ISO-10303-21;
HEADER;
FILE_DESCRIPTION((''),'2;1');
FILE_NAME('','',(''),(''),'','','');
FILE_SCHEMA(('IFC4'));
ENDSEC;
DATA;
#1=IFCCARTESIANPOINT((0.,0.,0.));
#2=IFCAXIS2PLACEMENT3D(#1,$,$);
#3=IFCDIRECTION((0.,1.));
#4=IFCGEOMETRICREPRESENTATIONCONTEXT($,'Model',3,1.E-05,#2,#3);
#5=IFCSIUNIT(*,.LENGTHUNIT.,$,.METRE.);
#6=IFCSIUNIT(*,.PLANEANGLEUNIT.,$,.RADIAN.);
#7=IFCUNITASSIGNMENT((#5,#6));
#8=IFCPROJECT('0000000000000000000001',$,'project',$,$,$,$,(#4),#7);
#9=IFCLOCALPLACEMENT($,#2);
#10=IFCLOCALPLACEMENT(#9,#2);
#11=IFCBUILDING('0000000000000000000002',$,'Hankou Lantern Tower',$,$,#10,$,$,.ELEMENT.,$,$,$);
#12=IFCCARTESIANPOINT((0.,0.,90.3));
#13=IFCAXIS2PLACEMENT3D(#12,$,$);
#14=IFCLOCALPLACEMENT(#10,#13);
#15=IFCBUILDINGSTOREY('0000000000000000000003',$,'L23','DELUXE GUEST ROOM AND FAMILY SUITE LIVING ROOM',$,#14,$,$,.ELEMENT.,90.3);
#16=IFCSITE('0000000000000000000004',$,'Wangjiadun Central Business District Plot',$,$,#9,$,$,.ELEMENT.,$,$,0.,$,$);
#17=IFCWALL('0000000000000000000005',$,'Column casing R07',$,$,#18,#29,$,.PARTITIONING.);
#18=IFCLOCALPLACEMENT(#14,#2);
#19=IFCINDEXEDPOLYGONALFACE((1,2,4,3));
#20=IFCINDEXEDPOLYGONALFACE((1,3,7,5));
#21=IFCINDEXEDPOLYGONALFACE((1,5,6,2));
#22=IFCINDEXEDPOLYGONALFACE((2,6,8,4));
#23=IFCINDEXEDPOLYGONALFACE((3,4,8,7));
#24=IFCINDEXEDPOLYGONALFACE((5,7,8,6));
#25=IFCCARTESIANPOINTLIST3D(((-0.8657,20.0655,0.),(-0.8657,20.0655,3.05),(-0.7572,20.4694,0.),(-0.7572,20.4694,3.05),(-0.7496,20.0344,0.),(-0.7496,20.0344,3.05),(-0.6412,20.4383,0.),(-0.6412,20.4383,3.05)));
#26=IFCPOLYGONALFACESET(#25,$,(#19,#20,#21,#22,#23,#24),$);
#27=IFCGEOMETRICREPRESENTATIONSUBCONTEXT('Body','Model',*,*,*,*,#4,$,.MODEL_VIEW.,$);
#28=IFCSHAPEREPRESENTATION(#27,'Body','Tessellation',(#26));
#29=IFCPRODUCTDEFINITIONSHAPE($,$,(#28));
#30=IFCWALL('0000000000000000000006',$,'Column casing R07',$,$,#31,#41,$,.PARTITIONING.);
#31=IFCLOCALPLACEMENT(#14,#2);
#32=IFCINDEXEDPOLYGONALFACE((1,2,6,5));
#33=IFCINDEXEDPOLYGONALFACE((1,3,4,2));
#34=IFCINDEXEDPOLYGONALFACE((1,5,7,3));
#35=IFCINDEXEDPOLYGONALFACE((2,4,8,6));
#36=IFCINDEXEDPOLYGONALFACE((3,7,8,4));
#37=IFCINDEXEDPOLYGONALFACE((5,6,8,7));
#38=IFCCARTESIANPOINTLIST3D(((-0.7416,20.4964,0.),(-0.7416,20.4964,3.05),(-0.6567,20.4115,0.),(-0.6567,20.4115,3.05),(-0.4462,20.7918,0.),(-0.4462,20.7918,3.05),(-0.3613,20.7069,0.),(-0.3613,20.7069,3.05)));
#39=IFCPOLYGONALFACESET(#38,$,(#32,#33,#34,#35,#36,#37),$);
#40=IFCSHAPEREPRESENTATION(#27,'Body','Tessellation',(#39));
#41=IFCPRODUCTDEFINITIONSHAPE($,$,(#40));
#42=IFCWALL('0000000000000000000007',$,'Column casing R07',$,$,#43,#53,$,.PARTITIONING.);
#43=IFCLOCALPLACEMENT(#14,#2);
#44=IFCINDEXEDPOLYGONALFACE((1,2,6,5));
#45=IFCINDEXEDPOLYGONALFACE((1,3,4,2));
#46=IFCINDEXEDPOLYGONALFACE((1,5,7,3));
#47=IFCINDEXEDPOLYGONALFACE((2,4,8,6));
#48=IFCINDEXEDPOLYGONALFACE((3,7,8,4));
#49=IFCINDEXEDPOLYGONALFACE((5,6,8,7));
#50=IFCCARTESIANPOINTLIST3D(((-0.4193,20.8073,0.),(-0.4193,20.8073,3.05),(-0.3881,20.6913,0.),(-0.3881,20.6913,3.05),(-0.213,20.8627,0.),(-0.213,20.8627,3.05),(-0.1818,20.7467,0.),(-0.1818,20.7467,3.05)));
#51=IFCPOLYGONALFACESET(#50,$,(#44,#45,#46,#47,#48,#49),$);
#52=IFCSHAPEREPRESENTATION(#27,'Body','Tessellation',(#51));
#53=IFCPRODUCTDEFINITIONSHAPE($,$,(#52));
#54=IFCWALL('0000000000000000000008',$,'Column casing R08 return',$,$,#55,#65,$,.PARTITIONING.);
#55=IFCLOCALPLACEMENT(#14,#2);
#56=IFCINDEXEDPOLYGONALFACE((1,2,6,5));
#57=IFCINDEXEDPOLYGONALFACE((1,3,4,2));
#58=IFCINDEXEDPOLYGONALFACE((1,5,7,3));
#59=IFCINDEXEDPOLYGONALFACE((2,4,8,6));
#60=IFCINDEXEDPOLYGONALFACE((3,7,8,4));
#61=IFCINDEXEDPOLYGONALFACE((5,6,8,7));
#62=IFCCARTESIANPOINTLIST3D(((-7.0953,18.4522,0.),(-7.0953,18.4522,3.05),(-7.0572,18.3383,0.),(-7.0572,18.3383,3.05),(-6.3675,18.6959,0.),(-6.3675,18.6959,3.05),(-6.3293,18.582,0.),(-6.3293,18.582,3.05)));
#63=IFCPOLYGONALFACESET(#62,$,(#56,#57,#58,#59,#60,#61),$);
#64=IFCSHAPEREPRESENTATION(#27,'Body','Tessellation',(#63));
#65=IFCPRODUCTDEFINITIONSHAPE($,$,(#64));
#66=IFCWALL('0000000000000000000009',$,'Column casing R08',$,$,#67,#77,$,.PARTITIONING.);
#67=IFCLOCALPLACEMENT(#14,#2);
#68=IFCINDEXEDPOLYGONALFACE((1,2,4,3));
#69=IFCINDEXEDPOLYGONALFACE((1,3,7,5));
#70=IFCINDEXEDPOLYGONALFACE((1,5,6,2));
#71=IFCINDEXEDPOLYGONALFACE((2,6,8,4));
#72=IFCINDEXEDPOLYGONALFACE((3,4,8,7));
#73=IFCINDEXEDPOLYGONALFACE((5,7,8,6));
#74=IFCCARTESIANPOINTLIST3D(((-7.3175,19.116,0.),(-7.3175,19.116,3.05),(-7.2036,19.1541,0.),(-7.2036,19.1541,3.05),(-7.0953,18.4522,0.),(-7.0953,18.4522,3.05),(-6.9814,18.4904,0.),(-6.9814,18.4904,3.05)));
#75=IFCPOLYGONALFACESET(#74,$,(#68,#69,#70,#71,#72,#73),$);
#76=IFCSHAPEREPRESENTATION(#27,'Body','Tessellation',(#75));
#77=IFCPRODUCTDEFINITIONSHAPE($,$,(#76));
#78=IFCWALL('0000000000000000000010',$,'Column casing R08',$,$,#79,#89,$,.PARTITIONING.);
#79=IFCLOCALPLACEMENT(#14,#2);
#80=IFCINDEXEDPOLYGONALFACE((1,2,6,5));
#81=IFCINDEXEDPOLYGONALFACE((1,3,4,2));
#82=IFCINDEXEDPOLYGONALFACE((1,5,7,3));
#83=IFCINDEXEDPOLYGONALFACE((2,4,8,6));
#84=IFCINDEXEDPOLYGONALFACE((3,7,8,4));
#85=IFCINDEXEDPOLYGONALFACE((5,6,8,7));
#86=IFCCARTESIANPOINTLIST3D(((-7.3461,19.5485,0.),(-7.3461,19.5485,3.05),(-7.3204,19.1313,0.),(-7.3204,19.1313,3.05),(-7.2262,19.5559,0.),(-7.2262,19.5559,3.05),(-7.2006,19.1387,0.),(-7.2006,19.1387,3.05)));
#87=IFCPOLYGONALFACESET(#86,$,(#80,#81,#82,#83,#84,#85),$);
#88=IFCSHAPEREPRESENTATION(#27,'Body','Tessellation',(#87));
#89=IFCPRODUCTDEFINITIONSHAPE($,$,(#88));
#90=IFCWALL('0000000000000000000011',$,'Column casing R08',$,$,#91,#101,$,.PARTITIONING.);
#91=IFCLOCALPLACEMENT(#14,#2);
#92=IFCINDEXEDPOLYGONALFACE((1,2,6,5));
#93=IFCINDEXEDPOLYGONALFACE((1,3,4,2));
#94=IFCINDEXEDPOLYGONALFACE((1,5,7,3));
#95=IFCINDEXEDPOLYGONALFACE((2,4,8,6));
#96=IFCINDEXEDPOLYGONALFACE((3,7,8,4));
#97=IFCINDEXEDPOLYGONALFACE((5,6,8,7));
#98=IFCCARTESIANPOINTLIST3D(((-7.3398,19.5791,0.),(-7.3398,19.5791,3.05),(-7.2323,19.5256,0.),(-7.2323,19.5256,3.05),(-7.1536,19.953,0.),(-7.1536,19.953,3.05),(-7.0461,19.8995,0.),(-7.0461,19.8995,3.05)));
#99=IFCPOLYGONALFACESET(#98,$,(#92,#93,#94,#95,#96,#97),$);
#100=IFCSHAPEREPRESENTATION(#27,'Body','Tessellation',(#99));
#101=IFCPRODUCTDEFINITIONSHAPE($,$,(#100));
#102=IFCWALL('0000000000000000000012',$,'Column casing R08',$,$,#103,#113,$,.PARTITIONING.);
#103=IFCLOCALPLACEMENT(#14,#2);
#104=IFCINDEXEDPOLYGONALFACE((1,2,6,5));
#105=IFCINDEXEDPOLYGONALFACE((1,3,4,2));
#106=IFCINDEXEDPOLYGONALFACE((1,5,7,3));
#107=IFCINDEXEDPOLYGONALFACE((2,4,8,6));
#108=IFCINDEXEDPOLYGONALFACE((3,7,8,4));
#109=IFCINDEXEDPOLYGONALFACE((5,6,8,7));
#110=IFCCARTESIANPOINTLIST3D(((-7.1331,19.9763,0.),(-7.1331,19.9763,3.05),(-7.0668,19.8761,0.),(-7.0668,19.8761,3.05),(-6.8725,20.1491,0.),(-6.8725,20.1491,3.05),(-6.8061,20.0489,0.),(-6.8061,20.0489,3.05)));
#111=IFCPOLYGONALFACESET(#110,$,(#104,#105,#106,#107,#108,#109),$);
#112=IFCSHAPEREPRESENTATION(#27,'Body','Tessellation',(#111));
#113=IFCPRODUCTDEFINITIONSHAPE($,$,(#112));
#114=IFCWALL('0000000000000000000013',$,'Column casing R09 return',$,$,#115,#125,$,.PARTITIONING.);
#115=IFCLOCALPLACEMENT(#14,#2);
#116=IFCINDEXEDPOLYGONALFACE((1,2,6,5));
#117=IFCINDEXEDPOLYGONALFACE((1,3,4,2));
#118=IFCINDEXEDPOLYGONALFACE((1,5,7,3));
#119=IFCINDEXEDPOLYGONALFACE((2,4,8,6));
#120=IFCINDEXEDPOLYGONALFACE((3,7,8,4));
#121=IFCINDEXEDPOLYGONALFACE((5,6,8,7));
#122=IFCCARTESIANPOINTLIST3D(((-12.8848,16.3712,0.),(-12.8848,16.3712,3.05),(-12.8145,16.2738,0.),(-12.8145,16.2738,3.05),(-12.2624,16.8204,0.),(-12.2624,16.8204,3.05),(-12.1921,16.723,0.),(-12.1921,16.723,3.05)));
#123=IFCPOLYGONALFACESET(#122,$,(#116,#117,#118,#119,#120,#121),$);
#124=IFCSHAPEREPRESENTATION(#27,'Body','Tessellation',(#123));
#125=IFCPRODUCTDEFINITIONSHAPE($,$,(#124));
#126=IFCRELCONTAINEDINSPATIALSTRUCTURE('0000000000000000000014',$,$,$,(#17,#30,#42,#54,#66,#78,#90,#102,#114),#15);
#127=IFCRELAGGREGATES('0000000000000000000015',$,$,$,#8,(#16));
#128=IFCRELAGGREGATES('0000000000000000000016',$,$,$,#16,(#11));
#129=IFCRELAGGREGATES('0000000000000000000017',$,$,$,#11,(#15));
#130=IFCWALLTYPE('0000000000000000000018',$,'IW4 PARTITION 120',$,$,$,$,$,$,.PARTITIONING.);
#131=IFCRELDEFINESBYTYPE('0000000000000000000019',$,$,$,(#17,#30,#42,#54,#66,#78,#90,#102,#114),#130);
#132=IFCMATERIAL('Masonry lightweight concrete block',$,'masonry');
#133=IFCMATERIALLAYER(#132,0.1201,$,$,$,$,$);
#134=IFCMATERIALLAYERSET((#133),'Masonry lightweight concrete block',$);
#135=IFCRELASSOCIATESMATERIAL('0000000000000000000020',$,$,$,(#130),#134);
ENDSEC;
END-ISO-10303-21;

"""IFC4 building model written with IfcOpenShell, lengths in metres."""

from ifc_helpers import new_model, si_unit, direction, frame, frame_2d, origin, place, context, subcontext, project, spatial, rectangle, extrude, material, layer, layer_set, type_object, element, save


model = new_model("IFC4")

# Units and contexts
model_context = context("Model", 3, precision=1e-05, world=origin(), true_north=direction((0.0, 1.0)))
body_context = subcontext(model_context, "Body", "Model", "MODEL_VIEW")
ifc_project = project(units=[si_unit("LENGTHUNIT", "METRE"), si_unit("PLANEANGLEUNIT", "RADIAN")], contexts=[model_context])

# Site, building, storey
site_placement = place(None, origin())
site = spatial("IfcSite", under=ifc_project, at=site_placement, Name="Wangjiadun Central Business District Plot", CompositionType="ELEMENT", RefElevation=0.0)
building_placement = place(site_placement, origin())
building = spatial("IfcBuilding", under=site, at=building_placement, Name="Hankou Lantern Tower", CompositionType="ELEMENT")
storey_placement = place(building_placement, frame((0.0, 0.0, 90.3)))
storey = spatial("IfcBuildingStorey", under=building, at=storey_placement, Name="L23", Description="DELUXE GUEST ROOM AND FAMILY SUITE LIVING ROOM", CompositionType="ELEMENT", Elevation=90.3)

# Walls
ifc_material_1 = material(Name="Masonry lightweight concrete block", Category="masonry")
ifc_layer_1 = layer(ifc_material_1, 0.1201)
ifc_layer_set_1 = layer_set([ifc_layer_1], Name="Masonry lightweight concrete block")
wall_type_1 = type_object("IfcWallType", Name="IW4 PARTITION 120", PredefinedType="PARTITIONING", material=ifc_layer_set_1)
wall_1_placement = place(storey_placement, frame((-0.8076, 20.05, 0.0), z_axis=(0.0, 0.0, 1.0), x_axis=(0.259261, 0.965807, 0.0)))
element("IfcWall", 1, at=wall_1_placement, inside=storey, type_object=wall_type_1, Name="Column casing R07", PredefinedType="PARTITIONING", context=body_context, shape_type="SweptSolid", body=[
    extrude(rectangle(XDim=0.4182, YDim=0.1201, at=frame_2d((0.209, 0.0))), origin(), (0.0, 0.0, 1.0), 3.05),
])
wall_2_placement = place(storey_placement, frame((-0.6992, 20.4539, 0.0), z_axis=(0.0, 0.0, 1.0), x_axis=(0.707107, 0.707107, 0.0)))
element("IfcWall", 2, at=wall_2_placement, inside=storey, type_object=wall_type_1, Name="Column casing R07", PredefinedType="PARTITIONING", context=body_context, shape_type="SweptSolid", body=[
    extrude(rectangle(XDim=0.4177, YDim=0.1201, at=frame_2d((0.209, 0.0))), origin(), (0.0, 0.0, 1.0), 3.05),
])
wall_3_placement = place(storey_placement, frame((-0.4038, 20.7493, 0.0), z_axis=(0.0, 0.0, 1.0), x_axis=(0.965759, 0.259441, 0.0)))
element("IfcWall", 3, at=wall_3_placement, inside=storey, type_object=wall_type_1, Name="Column casing R07", PredefinedType="PARTITIONING", context=body_context, shape_type="SweptSolid", body=[
    extrude(rectangle(XDim=0.2136, YDim=0.1201, at=frame_2d((0.1069, 0.0))), origin(), (0.0, 0.0, 1.0), 3.05),
])
wall_4_placement = place(storey_placement, frame((-6.3484, 18.6389, 0.0), z_axis=(0.0, 0.0, 1.0), x_axis=(-0.948269, -0.317468, 0.0)))
element("IfcWall", 4, at=wall_4_placement, inside=storey, type_object=wall_type_1, Name="Column casing R08 return", PredefinedType="PARTITIONING", context=body_context, shape_type="SweptSolid", body=[
    extrude(rectangle(XDim=0.7676, YDim=0.1201, at=frame_2d((0.3838, 0.0))), origin(), (0.0, 0.0, 1.0), 3.05),
])
wall_5_placement = place(storey_placement, frame((-7.0383, 18.4712, 0.0), z_axis=(0.0, 0.0, 1.0), x_axis=(-0.317378, 0.948299, 0.0)))
element("IfcWall", 5, at=wall_5_placement, inside=storey, type_object=wall_type_1, Name="Column casing R08", PredefinedType="PARTITIONING", context=body_context, shape_type="SweptSolid", body=[
    extrude(rectangle(XDim=0.7, YDim=0.1201, at=frame_2d((0.3501, 0.0))), origin(), (0.0, 0.0, 1.0), 3.05),
])
wall_6_placement = place(storey_placement, frame((-7.2605, 19.135, 0.0), z_axis=(0.0, 0.0, 1.0), x_axis=(-0.061324, 0.998118, 0.0)))
element("IfcWall", 6, at=wall_6_placement, inside=storey, type_object=wall_type_1, Name="Column casing R08", PredefinedType="PARTITIONING", context=body_context, shape_type="SweptSolid", body=[
    extrude(rectangle(XDim=0.418, YDim=0.1201, at=frame_2d((0.209, 0.0))), origin(), (0.0, 0.0, 1.0), 3.05),
])
wall_7_placement = place(storey_placement, frame((-7.2861, 19.5522, 0.0), z_axis=(0.0, 0.0, 1.0), x_axis=(0.445811, 0.895127, 0.0)))
element("IfcWall", 7, at=wall_7_placement, inside=storey, type_object=wall_type_1, Name="Column casing R08", PredefinedType="PARTITIONING", context=body_context, shape_type="SweptSolid", body=[
    extrude(rectangle(XDim=0.4177, YDim=0.1201, at=frame_2d((0.209, 0.0))), origin(), (0.0, 0.0, 1.0), 3.05),
])
wall_8_placement = place(storey_placement, frame((-7.0999, 19.9263, 0.0), z_axis=(0.0, 0.0, 1.0), x_axis=(0.833488, 0.552537, 0.0)))
element("IfcWall", 8, at=wall_8_placement, inside=storey, type_object=wall_type_1, Name="Column casing R08", PredefinedType="PARTITIONING", context=body_context, shape_type="SweptSolid", body=[
    extrude(rectangle(XDim=0.3127, YDim=0.1201, at=frame_2d((0.1562, 0.0))), origin(), (0.0, 0.0, 1.0), 3.05),
])
wall_9_placement = place(storey_placement, frame((-12.2273, 16.7717, 0.0), z_axis=(0.0, 0.0, 1.0), x_axis=(-0.810822, -0.585293, 0.0)))
element("IfcWall", 9, at=wall_9_placement, inside=storey, type_object=wall_type_1, Name="Column casing R09 return", PredefinedType="PARTITIONING", context=body_context, shape_type="SweptSolid", body=[
    extrude(rectangle(XDim=0.7676, YDim=0.1201, at=frame_2d((0.3838, 0.0))), origin(), (0.0, 0.0, 1.0), 3.05),
])

save(model, "model.ifc")
